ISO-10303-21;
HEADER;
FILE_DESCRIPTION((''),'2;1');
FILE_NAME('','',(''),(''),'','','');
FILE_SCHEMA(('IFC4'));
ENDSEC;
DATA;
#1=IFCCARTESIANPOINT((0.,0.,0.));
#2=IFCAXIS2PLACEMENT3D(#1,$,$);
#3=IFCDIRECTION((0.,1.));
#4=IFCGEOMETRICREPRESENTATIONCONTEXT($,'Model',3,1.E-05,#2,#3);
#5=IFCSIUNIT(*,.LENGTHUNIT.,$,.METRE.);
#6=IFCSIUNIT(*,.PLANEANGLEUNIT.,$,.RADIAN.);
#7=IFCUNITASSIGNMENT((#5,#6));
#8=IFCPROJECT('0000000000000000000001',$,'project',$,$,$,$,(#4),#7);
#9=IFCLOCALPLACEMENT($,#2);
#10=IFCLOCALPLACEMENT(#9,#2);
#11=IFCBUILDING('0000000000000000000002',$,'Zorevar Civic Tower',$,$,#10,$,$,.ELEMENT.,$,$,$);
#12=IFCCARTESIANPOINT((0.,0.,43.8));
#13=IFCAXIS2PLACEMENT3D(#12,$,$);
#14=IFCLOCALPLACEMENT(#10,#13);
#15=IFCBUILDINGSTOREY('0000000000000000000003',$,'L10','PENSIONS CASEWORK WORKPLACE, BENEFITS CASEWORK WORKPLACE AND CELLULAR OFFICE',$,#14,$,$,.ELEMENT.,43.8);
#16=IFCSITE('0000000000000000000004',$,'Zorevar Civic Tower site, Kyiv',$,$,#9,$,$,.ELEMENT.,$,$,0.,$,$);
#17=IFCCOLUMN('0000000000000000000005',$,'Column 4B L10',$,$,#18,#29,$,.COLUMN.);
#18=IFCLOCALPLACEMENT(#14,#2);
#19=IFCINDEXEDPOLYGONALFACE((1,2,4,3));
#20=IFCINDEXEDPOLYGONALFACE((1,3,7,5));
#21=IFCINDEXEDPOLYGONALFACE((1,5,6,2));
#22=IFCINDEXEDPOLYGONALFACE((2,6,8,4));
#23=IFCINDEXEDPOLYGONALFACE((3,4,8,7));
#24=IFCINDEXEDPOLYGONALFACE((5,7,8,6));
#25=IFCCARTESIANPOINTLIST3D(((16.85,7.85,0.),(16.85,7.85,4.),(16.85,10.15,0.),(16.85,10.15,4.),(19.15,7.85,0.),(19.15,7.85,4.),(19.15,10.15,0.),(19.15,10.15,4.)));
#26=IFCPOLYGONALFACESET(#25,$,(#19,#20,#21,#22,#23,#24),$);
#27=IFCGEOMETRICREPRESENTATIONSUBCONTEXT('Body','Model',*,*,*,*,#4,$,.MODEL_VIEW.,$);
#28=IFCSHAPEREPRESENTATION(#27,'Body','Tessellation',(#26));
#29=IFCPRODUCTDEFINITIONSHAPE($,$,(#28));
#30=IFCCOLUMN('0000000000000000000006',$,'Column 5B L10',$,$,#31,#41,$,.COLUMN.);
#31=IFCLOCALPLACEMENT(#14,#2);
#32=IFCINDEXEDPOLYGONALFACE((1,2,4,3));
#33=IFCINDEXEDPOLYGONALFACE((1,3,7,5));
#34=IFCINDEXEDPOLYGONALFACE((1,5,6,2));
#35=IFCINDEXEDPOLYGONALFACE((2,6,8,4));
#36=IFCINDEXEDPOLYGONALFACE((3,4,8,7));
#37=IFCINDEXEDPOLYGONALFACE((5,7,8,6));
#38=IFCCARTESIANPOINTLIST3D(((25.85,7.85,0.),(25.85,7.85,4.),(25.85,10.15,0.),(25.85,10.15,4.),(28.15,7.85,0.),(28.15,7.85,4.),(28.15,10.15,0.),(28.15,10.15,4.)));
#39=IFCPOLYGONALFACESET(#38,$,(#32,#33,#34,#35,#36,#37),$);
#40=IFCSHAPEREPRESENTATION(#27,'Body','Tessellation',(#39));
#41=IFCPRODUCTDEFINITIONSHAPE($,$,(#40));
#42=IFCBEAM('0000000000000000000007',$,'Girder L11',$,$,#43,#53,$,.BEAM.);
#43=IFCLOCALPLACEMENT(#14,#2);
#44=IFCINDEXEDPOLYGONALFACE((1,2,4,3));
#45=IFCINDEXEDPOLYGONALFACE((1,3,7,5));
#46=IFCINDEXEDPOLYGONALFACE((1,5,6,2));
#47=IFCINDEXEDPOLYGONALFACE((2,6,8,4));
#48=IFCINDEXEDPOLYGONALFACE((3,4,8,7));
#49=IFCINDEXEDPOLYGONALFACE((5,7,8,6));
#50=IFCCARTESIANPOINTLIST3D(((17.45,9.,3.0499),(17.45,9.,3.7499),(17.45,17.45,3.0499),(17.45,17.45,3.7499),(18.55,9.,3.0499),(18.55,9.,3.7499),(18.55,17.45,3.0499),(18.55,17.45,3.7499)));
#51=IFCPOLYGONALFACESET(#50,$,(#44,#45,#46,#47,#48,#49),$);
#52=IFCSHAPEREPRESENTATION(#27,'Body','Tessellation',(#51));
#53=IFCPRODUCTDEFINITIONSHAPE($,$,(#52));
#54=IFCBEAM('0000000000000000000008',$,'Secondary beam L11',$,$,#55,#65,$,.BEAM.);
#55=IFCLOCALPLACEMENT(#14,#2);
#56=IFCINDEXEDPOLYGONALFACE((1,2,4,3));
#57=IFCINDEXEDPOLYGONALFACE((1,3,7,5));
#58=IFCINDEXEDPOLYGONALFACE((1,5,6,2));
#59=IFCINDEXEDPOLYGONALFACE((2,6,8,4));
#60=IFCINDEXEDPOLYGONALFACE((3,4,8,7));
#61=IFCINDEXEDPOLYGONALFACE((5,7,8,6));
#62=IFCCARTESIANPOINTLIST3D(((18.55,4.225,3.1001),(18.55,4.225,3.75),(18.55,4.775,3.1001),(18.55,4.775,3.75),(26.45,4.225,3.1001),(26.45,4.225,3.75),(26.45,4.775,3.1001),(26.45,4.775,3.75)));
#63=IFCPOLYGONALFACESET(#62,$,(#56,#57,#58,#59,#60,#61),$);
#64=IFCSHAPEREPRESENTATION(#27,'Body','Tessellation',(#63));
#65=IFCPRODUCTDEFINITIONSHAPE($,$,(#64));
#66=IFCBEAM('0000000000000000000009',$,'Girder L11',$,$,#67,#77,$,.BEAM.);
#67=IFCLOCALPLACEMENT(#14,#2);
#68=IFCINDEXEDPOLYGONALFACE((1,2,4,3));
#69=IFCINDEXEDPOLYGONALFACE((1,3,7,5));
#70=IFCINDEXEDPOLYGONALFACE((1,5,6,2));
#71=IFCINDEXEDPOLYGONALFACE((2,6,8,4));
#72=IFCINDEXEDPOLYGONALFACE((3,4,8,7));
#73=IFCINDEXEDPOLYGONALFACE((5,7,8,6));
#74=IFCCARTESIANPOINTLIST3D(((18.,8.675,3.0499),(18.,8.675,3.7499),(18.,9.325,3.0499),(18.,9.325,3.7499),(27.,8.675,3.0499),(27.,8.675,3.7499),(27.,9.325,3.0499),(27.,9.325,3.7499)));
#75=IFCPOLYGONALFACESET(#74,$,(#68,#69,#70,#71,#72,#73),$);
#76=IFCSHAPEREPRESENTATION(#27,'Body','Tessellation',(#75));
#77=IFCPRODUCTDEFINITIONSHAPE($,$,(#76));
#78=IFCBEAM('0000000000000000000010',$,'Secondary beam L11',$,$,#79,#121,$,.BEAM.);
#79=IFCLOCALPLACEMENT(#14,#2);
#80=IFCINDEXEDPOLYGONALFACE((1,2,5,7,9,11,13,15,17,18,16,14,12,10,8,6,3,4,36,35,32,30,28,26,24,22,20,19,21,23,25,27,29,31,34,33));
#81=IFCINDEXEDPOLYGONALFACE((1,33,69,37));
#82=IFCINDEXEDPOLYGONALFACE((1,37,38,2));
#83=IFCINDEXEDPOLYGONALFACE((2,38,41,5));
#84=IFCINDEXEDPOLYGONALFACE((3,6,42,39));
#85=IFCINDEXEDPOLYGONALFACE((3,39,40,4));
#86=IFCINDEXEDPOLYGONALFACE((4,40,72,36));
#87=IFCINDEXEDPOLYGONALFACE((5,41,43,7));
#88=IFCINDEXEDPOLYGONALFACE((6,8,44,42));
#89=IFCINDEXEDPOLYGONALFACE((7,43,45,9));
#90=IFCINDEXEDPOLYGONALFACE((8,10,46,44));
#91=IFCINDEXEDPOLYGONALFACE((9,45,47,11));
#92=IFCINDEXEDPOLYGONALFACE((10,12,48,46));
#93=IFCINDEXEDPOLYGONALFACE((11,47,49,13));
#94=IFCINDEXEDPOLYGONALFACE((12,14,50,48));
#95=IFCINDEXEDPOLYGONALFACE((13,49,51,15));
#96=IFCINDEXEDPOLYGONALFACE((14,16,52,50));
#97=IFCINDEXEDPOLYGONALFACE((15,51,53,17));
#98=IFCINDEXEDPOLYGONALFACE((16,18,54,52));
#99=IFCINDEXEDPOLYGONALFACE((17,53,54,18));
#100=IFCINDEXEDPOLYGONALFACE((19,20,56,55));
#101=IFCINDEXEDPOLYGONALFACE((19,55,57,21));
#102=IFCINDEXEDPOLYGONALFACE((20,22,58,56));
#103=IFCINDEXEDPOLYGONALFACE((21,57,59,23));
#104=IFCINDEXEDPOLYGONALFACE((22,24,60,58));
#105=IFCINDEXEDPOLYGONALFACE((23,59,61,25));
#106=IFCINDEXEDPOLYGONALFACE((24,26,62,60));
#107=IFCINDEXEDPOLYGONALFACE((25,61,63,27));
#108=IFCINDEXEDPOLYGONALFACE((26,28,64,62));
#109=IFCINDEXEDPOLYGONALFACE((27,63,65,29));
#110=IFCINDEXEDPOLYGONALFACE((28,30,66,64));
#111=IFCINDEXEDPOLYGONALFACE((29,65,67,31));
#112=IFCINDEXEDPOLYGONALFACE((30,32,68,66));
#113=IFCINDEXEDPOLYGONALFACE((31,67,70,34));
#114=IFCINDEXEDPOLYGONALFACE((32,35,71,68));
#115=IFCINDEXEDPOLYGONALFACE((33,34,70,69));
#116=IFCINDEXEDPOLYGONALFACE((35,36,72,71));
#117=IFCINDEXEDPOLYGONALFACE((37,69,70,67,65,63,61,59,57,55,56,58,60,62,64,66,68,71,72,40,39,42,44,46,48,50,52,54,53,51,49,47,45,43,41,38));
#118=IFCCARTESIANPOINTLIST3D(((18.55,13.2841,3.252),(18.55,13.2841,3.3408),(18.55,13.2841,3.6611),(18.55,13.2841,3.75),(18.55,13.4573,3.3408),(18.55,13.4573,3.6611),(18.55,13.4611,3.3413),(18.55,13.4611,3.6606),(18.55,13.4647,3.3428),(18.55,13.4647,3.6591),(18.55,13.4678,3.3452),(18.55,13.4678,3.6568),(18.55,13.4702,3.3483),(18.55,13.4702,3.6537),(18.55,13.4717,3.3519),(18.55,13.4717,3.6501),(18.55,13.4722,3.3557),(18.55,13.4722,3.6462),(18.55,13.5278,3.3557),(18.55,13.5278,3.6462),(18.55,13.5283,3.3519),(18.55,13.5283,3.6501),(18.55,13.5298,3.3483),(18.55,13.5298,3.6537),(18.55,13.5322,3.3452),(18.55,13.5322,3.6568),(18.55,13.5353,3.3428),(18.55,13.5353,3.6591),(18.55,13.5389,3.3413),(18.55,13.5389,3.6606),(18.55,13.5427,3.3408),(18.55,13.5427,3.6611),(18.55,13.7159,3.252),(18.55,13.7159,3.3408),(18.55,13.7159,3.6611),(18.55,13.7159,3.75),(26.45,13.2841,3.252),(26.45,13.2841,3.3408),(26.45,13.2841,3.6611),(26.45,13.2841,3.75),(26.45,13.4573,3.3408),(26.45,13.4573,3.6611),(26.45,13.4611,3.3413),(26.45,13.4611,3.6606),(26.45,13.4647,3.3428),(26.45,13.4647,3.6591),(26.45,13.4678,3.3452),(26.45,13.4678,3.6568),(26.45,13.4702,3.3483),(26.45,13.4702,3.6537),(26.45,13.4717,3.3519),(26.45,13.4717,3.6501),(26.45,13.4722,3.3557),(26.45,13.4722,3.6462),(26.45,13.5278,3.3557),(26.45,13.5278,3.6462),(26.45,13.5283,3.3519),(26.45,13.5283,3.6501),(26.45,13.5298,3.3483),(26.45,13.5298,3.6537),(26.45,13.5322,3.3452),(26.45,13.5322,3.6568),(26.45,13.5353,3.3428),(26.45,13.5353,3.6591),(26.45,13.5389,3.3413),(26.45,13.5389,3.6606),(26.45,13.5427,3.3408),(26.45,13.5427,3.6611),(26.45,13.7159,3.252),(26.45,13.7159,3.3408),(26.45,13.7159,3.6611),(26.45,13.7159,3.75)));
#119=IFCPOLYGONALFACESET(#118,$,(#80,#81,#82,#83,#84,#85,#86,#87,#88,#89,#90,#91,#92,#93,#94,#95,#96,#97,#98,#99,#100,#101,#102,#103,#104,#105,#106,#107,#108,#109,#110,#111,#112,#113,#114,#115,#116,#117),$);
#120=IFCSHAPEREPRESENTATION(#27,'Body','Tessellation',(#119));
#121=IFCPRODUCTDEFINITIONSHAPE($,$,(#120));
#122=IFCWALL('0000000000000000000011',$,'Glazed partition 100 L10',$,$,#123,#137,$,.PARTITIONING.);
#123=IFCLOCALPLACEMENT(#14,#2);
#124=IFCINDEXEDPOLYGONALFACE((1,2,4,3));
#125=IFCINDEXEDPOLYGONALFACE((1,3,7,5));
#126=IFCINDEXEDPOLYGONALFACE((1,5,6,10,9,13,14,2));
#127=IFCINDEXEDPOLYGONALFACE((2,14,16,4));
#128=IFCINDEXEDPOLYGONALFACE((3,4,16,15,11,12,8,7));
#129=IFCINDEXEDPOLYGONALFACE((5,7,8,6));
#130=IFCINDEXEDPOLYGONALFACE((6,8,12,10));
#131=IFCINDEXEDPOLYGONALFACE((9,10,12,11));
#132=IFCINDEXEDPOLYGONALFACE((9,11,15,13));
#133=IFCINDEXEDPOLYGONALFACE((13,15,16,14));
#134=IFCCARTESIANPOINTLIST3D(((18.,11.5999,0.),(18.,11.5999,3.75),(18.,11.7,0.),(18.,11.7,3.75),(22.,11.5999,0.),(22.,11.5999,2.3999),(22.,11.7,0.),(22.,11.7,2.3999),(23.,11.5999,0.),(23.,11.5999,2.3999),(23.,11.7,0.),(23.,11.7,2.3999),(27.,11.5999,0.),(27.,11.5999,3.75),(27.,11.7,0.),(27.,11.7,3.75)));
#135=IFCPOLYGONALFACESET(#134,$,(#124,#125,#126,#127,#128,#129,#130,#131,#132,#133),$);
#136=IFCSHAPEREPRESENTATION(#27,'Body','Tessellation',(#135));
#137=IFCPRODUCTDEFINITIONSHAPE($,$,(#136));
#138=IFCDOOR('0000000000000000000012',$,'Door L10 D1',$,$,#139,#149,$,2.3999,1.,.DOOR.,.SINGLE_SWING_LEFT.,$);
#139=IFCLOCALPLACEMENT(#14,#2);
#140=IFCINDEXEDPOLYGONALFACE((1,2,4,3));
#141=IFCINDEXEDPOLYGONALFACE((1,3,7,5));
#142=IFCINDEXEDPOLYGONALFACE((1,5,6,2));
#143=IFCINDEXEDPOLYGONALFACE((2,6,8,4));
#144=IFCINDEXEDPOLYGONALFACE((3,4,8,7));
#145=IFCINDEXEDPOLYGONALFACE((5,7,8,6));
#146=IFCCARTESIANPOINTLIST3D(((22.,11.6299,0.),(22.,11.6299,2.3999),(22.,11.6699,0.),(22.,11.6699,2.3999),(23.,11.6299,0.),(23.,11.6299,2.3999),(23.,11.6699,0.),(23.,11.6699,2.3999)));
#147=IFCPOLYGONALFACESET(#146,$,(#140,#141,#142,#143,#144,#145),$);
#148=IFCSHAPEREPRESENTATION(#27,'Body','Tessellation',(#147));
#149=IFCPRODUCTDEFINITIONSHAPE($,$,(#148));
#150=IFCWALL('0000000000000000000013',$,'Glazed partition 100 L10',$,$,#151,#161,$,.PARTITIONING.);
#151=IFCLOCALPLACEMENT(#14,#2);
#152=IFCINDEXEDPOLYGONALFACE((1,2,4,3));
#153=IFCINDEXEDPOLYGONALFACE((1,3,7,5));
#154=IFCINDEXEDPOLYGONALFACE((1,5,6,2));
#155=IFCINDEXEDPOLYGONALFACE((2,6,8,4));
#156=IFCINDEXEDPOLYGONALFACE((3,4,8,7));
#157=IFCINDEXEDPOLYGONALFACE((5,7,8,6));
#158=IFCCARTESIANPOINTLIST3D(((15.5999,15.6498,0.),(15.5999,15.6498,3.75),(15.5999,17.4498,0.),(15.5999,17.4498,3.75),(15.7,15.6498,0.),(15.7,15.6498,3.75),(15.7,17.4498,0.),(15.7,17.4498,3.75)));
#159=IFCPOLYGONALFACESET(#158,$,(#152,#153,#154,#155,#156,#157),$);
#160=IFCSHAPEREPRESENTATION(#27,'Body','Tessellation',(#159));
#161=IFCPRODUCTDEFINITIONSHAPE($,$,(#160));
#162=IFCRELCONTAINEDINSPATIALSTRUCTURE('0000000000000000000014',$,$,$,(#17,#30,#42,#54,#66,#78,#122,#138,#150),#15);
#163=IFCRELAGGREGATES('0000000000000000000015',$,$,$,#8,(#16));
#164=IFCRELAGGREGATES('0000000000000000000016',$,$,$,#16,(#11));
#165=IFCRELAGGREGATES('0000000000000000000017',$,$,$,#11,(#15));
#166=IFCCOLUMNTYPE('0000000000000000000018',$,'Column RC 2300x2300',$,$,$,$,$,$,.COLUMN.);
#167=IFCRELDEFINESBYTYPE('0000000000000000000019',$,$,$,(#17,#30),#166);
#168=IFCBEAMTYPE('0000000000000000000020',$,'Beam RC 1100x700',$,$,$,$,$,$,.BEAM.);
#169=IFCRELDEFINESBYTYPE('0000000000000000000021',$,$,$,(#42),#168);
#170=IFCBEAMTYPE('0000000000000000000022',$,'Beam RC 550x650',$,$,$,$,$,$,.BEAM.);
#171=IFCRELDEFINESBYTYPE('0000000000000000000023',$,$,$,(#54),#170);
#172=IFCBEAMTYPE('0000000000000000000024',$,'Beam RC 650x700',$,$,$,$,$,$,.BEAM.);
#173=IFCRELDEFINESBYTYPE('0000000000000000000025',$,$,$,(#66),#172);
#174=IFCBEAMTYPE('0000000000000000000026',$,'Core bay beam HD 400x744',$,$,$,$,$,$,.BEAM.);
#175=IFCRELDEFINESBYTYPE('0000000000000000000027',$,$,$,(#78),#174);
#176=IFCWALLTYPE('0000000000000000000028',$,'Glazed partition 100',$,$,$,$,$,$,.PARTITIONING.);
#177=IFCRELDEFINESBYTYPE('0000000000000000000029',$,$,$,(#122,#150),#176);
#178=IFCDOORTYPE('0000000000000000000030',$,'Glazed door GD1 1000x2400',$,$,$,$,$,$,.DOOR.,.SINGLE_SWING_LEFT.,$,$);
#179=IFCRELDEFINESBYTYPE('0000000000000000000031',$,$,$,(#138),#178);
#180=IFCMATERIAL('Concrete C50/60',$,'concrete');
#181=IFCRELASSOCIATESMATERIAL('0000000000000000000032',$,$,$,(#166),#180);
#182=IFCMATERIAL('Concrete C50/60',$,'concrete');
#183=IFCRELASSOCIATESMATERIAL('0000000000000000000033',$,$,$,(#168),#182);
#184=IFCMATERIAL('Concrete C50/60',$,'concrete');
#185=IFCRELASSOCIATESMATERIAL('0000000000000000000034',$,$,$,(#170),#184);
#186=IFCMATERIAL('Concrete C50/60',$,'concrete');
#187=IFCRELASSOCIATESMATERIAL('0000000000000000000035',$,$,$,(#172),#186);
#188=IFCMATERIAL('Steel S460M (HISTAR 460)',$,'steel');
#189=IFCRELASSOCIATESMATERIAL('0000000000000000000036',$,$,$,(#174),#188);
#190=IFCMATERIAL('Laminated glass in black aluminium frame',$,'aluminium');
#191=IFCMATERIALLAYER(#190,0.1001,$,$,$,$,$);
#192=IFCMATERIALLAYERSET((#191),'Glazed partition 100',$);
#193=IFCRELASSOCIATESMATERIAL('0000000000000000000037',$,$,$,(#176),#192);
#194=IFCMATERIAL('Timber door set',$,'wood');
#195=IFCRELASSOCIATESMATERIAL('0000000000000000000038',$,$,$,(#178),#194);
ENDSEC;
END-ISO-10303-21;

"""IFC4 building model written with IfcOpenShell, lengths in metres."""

from ifc_helpers import new_model, si_unit, direction, frame, frame_2d, origin, origin_2d, place, context, subcontext, project, spatial, rectangle, i_section, extrude, material, layer, layer_set, material_profile, profile_set, type_object, element, fill, save


model = new_model("IFC4")

# Units and contexts
model_context = context("Model", 3, precision=1e-05, world=origin(), true_north=direction((0.0, 1.0)))
body_context = subcontext(model_context, "Body", "Model", "MODEL_VIEW")
ifc_project = project(units=[si_unit("LENGTHUNIT", "METRE"), si_unit("PLANEANGLEUNIT", "RADIAN")], contexts=[model_context])

# Site, building, storey
site_placement = place(None, origin())
site = spatial("IfcSite", under=ifc_project, at=site_placement, Name="Zorevar Civic Tower site, Kyiv", CompositionType="ELEMENT", RefElevation=0.0)
building_placement = place(site_placement, origin())
building = spatial("IfcBuilding", under=site, at=building_placement, Name="Zorevar Civic Tower", CompositionType="ELEMENT")
storey_placement = place(building_placement, frame((0.0, 0.0, 43.8)))
storey = spatial("IfcBuildingStorey", under=building, at=storey_placement, Name="L10", Description="PENSIONS CASEWORK WORKPLACE, BENEFITS CASEWORK WORKPLACE AND CELLULAR OFFICE", CompositionType="ELEMENT", Elevation=43.8)

# Columns
ifc_material_1 = material(Name="Concrete C50/60", Category="concrete")
ifc_material_profile_1 = material_profile(ifc_material_1, rectangle(XDim=2.3, YDim=2.3, at=origin_2d()), Name="RC 2300x2300")
ifc_profile_set_1 = profile_set([ifc_material_profile_1], Name="Concrete C50/60")
column_type = type_object("IfcColumnType", Name="Column RC 2300x2300", PredefinedType="COLUMN", material=ifc_profile_set_1)
for number, where, z_axis, x_axis, name in (
    (1, (18.0, 9.0, 0.0), (0.0, 0.0, 1.0), (1.0, 0.0, 0.0), "Column 4B L10"),
    (2, (27.0, 9.0, 0.0), (0.0, 0.0, 1.0), (1.0, 0.0, 0.0), "Column 5B L10"),
):
    element("IfcColumn", number, at=place(storey_placement, frame(where, z_axis=z_axis, x_axis=x_axis)), inside=storey, type_object=column_type, Name=name, PredefinedType="COLUMN", context=body_context, shape_type="SweptSolid", body=[
        extrude(rectangle(XDim=2.3, YDim=2.3, at=origin_2d()), origin(), (0.0, 0.0, 1.0), 4.0),
    ])

# Beams
ifc_material_2 = material(Name="Concrete C50/60", Category="concrete")
ifc_material_profile_2 = material_profile(ifc_material_2, rectangle(XDim=1.1001, YDim=0.7, at=origin_2d()), Name="RC 1100x700")
ifc_profile_set_2 = profile_set([ifc_material_profile_2], Name="Concrete C50/60")
beam_type_1 = type_object("IfcBeamType", Name="Beam RC 1100x700", PredefinedType="BEAM", material=ifc_profile_set_2)
beam_1_placement = place(storey_placement, frame((18.0, 9.0, 3.3999), z_axis=(0.0, 1.0, 0.0), x_axis=(-1.0, 0.0, 0.0)))
element("IfcBeam", 3, at=beam_1_placement, inside=storey, type_object=beam_type_1, Name="Girder L11", PredefinedType="BEAM", context=body_context, shape_type="SweptSolid", body=[
    extrude(rectangle(XDim=1.1001, YDim=0.7, at=origin_2d()), origin(), (0.0, 0.0, 1.0), 8.45),
])
ifc_material_3 = material(Name="Concrete C50/60", Category="concrete")
ifc_material_profile_3 = material_profile(ifc_material_3, rectangle(XDim=0.55, YDim=0.6499, at=origin_2d()), Name="RC 550x650")
ifc_profile_set_3 = profile_set([ifc_material_profile_3], Name="Concrete C50/60")
beam_type_2 = type_object("IfcBeamType", Name="Beam RC 550x650", PredefinedType="BEAM", material=ifc_profile_set_3)
beam_2_placement = place(storey_placement, frame((18.55, 4.5, 3.425), z_axis=(1.0, 0.0, 0.0), x_axis=(0.0, 1.0, 0.0)))
element("IfcBeam", 4, at=beam_2_placement, inside=storey, type_object=beam_type_2, Name="Secondary beam L11", PredefinedType="BEAM", context=body_context, shape_type="SweptSolid", body=[
    extrude(rectangle(XDim=0.55, YDim=0.6499, at=origin_2d()), origin(), (0.0, 0.0, 1.0), 7.8999),
])
ifc_material_4 = material(Name="Concrete C50/60", Category="concrete")
ifc_material_profile_4 = material_profile(ifc_material_4, rectangle(XDim=0.6499, YDim=0.7, at=origin_2d()), Name="RC 650x700")
ifc_profile_set_4 = profile_set([ifc_material_profile_4], Name="Concrete C50/60")
beam_type_3 = type_object("IfcBeamType", Name="Beam RC 650x700", PredefinedType="BEAM", material=ifc_profile_set_4)
beam_3_placement = place(storey_placement, frame((18.0, 9.0, 3.3999), z_axis=(1.0, 0.0, 0.0), x_axis=(0.0, 1.0, 0.0)))
element("IfcBeam", 5, at=beam_3_placement, inside=storey, type_object=beam_type_3, Name="Girder L11", PredefinedType="BEAM", context=body_context, shape_type="SweptSolid", body=[
    extrude(rectangle(XDim=0.6499, YDim=0.7, at=origin_2d()), origin(), (0.0, 0.0, 1.0), 9.0),
])
ifc_material_5 = material(Name="Steel S460M (HISTAR 460)", Category="steel")
ifc_material_profile_5 = material_profile(ifc_material_5, i_section(OverallWidth=0.4319, OverallDepth=0.498, WebThickness=0.0557, FlangeThickness=0.0889, FilletRadius=0.0149, at=origin_2d()), Name="HD 400x744")
ifc_profile_set_5 = profile_set([ifc_material_profile_5], Name="Steel S460M (HISTAR 460)")
beam_type_4 = type_object("IfcBeamType", Name="Core bay beam HD 400x744", PredefinedType="BEAM", material=ifc_profile_set_5)
beam_4_placement = place(storey_placement, frame((18.55, 13.5, 3.501), z_axis=(1.0, 0.0, 0.0), x_axis=(0.0, 1.0, 0.0)))
element("IfcBeam", 6, at=beam_4_placement, inside=storey, type_object=beam_type_4, Name="Secondary beam L11", PredefinedType="BEAM", context=body_context, shape_type="SweptSolid", body=[
    extrude(i_section(OverallWidth=0.4319, OverallDepth=0.498, WebThickness=0.0557, FlangeThickness=0.0889, FilletRadius=0.0149, at=origin_2d()), origin(), (0.0, 0.0, 1.0), 7.8999),
])

# Wall, opening, door
ifc_material_6 = material(Name="Laminated glass in black aluminium frame", Category="aluminium")
ifc_layer_1 = layer(ifc_material_6, 0.1001)
ifc_layer_set_1 = layer_set([ifc_layer_1], Name="Glazed partition 100")
wall_type_1 = type_object("IfcWallType", Name="Glazed partition 100", PredefinedType="PARTITIONING", material=ifc_layer_set_1)
wall_1_placement = place(storey_placement, frame((18.0, 11.6499, 0.0), z_axis=(0.0, 0.0, 1.0), x_axis=(1.0, 0.0, 0.0)))
wall_1 = element("IfcWall", 7, at=wall_1_placement, inside=storey, type_object=wall_type_1, Name="Glazed partition 100 L10", PredefinedType="PARTITIONING", context=body_context, shape_type="SweptSolid", body=[
    extrude(rectangle(XDim=9.0, YDim=0.1001, at=frame_2d((4.5, 0.0))), origin(), (0.0, 0.0, 1.0), 3.75),
])
opening_1_placement = place(wall_1_placement, frame((4.0, 0.0, 0.0)))
opening_1 = element("IfcOpeningElement", 8, at=opening_1_placement, cuts=wall_1, PredefinedType="OPENING", context=body_context, shape_type="SweptSolid", body=[
    extrude(rectangle(XDim=1.0, YDim=2.3999, at=frame_2d((0.5, 1.2))), frame((0.0, 0.0601, 0.0), z_axis=(0.0, -1.0, 0.0), x_axis=(1.0, 0.0, 0.0)), (0.0, 0.0, 1.0), 0.1201),
])
ifc_material_7 = material(Name="Timber door set", Category="wood")
door_type_1 = type_object("IfcDoorType", Name="Glazed door GD1 1000x2400", OperationType="SINGLE_SWING_LEFT", PredefinedType="DOOR", material=ifc_material_7)
door_1_placement = place(opening_1_placement, origin())
door_1 = element("IfcDoor", 9, at=door_1_placement, inside=storey, type_object=door_type_1, Name="Door L10 D1", OperationType="SINGLE_SWING_LEFT", OverallHeight=2.3999, OverallWidth=1.0, PredefinedType="DOOR", context=body_context, shape_type="SweptSolid", body=[
    extrude(rectangle(XDim=1.0, YDim=2.3999, at=frame_2d((0.5, 1.2))), frame((0.0, 0.02, 0.0), z_axis=(0.0, -1.0, 0.0), x_axis=(1.0, 0.0, 0.0)), (0.0, 0.0, 1.0), 0.04),
])
fill(opening_1, door_1)

# Wall
wall_2_placement = place(storey_placement, frame((15.6499, 15.6499, 0.0), z_axis=(0.0, 0.0, 1.0), x_axis=(0.0, 1.0, 0.0)))
element("IfcWall", 10, at=wall_2_placement, inside=storey, type_object=wall_type_1, Name="Glazed partition 100 L10", PredefinedType="PARTITIONING", context=body_context, shape_type="SweptSolid", body=[
    extrude(rectangle(XDim=1.8, YDim=0.1001, at=frame_2d((0.8999, 0.0))), origin(), (0.0, 0.0, 1.0), 3.75),
])

save(model, "model.ifc")
